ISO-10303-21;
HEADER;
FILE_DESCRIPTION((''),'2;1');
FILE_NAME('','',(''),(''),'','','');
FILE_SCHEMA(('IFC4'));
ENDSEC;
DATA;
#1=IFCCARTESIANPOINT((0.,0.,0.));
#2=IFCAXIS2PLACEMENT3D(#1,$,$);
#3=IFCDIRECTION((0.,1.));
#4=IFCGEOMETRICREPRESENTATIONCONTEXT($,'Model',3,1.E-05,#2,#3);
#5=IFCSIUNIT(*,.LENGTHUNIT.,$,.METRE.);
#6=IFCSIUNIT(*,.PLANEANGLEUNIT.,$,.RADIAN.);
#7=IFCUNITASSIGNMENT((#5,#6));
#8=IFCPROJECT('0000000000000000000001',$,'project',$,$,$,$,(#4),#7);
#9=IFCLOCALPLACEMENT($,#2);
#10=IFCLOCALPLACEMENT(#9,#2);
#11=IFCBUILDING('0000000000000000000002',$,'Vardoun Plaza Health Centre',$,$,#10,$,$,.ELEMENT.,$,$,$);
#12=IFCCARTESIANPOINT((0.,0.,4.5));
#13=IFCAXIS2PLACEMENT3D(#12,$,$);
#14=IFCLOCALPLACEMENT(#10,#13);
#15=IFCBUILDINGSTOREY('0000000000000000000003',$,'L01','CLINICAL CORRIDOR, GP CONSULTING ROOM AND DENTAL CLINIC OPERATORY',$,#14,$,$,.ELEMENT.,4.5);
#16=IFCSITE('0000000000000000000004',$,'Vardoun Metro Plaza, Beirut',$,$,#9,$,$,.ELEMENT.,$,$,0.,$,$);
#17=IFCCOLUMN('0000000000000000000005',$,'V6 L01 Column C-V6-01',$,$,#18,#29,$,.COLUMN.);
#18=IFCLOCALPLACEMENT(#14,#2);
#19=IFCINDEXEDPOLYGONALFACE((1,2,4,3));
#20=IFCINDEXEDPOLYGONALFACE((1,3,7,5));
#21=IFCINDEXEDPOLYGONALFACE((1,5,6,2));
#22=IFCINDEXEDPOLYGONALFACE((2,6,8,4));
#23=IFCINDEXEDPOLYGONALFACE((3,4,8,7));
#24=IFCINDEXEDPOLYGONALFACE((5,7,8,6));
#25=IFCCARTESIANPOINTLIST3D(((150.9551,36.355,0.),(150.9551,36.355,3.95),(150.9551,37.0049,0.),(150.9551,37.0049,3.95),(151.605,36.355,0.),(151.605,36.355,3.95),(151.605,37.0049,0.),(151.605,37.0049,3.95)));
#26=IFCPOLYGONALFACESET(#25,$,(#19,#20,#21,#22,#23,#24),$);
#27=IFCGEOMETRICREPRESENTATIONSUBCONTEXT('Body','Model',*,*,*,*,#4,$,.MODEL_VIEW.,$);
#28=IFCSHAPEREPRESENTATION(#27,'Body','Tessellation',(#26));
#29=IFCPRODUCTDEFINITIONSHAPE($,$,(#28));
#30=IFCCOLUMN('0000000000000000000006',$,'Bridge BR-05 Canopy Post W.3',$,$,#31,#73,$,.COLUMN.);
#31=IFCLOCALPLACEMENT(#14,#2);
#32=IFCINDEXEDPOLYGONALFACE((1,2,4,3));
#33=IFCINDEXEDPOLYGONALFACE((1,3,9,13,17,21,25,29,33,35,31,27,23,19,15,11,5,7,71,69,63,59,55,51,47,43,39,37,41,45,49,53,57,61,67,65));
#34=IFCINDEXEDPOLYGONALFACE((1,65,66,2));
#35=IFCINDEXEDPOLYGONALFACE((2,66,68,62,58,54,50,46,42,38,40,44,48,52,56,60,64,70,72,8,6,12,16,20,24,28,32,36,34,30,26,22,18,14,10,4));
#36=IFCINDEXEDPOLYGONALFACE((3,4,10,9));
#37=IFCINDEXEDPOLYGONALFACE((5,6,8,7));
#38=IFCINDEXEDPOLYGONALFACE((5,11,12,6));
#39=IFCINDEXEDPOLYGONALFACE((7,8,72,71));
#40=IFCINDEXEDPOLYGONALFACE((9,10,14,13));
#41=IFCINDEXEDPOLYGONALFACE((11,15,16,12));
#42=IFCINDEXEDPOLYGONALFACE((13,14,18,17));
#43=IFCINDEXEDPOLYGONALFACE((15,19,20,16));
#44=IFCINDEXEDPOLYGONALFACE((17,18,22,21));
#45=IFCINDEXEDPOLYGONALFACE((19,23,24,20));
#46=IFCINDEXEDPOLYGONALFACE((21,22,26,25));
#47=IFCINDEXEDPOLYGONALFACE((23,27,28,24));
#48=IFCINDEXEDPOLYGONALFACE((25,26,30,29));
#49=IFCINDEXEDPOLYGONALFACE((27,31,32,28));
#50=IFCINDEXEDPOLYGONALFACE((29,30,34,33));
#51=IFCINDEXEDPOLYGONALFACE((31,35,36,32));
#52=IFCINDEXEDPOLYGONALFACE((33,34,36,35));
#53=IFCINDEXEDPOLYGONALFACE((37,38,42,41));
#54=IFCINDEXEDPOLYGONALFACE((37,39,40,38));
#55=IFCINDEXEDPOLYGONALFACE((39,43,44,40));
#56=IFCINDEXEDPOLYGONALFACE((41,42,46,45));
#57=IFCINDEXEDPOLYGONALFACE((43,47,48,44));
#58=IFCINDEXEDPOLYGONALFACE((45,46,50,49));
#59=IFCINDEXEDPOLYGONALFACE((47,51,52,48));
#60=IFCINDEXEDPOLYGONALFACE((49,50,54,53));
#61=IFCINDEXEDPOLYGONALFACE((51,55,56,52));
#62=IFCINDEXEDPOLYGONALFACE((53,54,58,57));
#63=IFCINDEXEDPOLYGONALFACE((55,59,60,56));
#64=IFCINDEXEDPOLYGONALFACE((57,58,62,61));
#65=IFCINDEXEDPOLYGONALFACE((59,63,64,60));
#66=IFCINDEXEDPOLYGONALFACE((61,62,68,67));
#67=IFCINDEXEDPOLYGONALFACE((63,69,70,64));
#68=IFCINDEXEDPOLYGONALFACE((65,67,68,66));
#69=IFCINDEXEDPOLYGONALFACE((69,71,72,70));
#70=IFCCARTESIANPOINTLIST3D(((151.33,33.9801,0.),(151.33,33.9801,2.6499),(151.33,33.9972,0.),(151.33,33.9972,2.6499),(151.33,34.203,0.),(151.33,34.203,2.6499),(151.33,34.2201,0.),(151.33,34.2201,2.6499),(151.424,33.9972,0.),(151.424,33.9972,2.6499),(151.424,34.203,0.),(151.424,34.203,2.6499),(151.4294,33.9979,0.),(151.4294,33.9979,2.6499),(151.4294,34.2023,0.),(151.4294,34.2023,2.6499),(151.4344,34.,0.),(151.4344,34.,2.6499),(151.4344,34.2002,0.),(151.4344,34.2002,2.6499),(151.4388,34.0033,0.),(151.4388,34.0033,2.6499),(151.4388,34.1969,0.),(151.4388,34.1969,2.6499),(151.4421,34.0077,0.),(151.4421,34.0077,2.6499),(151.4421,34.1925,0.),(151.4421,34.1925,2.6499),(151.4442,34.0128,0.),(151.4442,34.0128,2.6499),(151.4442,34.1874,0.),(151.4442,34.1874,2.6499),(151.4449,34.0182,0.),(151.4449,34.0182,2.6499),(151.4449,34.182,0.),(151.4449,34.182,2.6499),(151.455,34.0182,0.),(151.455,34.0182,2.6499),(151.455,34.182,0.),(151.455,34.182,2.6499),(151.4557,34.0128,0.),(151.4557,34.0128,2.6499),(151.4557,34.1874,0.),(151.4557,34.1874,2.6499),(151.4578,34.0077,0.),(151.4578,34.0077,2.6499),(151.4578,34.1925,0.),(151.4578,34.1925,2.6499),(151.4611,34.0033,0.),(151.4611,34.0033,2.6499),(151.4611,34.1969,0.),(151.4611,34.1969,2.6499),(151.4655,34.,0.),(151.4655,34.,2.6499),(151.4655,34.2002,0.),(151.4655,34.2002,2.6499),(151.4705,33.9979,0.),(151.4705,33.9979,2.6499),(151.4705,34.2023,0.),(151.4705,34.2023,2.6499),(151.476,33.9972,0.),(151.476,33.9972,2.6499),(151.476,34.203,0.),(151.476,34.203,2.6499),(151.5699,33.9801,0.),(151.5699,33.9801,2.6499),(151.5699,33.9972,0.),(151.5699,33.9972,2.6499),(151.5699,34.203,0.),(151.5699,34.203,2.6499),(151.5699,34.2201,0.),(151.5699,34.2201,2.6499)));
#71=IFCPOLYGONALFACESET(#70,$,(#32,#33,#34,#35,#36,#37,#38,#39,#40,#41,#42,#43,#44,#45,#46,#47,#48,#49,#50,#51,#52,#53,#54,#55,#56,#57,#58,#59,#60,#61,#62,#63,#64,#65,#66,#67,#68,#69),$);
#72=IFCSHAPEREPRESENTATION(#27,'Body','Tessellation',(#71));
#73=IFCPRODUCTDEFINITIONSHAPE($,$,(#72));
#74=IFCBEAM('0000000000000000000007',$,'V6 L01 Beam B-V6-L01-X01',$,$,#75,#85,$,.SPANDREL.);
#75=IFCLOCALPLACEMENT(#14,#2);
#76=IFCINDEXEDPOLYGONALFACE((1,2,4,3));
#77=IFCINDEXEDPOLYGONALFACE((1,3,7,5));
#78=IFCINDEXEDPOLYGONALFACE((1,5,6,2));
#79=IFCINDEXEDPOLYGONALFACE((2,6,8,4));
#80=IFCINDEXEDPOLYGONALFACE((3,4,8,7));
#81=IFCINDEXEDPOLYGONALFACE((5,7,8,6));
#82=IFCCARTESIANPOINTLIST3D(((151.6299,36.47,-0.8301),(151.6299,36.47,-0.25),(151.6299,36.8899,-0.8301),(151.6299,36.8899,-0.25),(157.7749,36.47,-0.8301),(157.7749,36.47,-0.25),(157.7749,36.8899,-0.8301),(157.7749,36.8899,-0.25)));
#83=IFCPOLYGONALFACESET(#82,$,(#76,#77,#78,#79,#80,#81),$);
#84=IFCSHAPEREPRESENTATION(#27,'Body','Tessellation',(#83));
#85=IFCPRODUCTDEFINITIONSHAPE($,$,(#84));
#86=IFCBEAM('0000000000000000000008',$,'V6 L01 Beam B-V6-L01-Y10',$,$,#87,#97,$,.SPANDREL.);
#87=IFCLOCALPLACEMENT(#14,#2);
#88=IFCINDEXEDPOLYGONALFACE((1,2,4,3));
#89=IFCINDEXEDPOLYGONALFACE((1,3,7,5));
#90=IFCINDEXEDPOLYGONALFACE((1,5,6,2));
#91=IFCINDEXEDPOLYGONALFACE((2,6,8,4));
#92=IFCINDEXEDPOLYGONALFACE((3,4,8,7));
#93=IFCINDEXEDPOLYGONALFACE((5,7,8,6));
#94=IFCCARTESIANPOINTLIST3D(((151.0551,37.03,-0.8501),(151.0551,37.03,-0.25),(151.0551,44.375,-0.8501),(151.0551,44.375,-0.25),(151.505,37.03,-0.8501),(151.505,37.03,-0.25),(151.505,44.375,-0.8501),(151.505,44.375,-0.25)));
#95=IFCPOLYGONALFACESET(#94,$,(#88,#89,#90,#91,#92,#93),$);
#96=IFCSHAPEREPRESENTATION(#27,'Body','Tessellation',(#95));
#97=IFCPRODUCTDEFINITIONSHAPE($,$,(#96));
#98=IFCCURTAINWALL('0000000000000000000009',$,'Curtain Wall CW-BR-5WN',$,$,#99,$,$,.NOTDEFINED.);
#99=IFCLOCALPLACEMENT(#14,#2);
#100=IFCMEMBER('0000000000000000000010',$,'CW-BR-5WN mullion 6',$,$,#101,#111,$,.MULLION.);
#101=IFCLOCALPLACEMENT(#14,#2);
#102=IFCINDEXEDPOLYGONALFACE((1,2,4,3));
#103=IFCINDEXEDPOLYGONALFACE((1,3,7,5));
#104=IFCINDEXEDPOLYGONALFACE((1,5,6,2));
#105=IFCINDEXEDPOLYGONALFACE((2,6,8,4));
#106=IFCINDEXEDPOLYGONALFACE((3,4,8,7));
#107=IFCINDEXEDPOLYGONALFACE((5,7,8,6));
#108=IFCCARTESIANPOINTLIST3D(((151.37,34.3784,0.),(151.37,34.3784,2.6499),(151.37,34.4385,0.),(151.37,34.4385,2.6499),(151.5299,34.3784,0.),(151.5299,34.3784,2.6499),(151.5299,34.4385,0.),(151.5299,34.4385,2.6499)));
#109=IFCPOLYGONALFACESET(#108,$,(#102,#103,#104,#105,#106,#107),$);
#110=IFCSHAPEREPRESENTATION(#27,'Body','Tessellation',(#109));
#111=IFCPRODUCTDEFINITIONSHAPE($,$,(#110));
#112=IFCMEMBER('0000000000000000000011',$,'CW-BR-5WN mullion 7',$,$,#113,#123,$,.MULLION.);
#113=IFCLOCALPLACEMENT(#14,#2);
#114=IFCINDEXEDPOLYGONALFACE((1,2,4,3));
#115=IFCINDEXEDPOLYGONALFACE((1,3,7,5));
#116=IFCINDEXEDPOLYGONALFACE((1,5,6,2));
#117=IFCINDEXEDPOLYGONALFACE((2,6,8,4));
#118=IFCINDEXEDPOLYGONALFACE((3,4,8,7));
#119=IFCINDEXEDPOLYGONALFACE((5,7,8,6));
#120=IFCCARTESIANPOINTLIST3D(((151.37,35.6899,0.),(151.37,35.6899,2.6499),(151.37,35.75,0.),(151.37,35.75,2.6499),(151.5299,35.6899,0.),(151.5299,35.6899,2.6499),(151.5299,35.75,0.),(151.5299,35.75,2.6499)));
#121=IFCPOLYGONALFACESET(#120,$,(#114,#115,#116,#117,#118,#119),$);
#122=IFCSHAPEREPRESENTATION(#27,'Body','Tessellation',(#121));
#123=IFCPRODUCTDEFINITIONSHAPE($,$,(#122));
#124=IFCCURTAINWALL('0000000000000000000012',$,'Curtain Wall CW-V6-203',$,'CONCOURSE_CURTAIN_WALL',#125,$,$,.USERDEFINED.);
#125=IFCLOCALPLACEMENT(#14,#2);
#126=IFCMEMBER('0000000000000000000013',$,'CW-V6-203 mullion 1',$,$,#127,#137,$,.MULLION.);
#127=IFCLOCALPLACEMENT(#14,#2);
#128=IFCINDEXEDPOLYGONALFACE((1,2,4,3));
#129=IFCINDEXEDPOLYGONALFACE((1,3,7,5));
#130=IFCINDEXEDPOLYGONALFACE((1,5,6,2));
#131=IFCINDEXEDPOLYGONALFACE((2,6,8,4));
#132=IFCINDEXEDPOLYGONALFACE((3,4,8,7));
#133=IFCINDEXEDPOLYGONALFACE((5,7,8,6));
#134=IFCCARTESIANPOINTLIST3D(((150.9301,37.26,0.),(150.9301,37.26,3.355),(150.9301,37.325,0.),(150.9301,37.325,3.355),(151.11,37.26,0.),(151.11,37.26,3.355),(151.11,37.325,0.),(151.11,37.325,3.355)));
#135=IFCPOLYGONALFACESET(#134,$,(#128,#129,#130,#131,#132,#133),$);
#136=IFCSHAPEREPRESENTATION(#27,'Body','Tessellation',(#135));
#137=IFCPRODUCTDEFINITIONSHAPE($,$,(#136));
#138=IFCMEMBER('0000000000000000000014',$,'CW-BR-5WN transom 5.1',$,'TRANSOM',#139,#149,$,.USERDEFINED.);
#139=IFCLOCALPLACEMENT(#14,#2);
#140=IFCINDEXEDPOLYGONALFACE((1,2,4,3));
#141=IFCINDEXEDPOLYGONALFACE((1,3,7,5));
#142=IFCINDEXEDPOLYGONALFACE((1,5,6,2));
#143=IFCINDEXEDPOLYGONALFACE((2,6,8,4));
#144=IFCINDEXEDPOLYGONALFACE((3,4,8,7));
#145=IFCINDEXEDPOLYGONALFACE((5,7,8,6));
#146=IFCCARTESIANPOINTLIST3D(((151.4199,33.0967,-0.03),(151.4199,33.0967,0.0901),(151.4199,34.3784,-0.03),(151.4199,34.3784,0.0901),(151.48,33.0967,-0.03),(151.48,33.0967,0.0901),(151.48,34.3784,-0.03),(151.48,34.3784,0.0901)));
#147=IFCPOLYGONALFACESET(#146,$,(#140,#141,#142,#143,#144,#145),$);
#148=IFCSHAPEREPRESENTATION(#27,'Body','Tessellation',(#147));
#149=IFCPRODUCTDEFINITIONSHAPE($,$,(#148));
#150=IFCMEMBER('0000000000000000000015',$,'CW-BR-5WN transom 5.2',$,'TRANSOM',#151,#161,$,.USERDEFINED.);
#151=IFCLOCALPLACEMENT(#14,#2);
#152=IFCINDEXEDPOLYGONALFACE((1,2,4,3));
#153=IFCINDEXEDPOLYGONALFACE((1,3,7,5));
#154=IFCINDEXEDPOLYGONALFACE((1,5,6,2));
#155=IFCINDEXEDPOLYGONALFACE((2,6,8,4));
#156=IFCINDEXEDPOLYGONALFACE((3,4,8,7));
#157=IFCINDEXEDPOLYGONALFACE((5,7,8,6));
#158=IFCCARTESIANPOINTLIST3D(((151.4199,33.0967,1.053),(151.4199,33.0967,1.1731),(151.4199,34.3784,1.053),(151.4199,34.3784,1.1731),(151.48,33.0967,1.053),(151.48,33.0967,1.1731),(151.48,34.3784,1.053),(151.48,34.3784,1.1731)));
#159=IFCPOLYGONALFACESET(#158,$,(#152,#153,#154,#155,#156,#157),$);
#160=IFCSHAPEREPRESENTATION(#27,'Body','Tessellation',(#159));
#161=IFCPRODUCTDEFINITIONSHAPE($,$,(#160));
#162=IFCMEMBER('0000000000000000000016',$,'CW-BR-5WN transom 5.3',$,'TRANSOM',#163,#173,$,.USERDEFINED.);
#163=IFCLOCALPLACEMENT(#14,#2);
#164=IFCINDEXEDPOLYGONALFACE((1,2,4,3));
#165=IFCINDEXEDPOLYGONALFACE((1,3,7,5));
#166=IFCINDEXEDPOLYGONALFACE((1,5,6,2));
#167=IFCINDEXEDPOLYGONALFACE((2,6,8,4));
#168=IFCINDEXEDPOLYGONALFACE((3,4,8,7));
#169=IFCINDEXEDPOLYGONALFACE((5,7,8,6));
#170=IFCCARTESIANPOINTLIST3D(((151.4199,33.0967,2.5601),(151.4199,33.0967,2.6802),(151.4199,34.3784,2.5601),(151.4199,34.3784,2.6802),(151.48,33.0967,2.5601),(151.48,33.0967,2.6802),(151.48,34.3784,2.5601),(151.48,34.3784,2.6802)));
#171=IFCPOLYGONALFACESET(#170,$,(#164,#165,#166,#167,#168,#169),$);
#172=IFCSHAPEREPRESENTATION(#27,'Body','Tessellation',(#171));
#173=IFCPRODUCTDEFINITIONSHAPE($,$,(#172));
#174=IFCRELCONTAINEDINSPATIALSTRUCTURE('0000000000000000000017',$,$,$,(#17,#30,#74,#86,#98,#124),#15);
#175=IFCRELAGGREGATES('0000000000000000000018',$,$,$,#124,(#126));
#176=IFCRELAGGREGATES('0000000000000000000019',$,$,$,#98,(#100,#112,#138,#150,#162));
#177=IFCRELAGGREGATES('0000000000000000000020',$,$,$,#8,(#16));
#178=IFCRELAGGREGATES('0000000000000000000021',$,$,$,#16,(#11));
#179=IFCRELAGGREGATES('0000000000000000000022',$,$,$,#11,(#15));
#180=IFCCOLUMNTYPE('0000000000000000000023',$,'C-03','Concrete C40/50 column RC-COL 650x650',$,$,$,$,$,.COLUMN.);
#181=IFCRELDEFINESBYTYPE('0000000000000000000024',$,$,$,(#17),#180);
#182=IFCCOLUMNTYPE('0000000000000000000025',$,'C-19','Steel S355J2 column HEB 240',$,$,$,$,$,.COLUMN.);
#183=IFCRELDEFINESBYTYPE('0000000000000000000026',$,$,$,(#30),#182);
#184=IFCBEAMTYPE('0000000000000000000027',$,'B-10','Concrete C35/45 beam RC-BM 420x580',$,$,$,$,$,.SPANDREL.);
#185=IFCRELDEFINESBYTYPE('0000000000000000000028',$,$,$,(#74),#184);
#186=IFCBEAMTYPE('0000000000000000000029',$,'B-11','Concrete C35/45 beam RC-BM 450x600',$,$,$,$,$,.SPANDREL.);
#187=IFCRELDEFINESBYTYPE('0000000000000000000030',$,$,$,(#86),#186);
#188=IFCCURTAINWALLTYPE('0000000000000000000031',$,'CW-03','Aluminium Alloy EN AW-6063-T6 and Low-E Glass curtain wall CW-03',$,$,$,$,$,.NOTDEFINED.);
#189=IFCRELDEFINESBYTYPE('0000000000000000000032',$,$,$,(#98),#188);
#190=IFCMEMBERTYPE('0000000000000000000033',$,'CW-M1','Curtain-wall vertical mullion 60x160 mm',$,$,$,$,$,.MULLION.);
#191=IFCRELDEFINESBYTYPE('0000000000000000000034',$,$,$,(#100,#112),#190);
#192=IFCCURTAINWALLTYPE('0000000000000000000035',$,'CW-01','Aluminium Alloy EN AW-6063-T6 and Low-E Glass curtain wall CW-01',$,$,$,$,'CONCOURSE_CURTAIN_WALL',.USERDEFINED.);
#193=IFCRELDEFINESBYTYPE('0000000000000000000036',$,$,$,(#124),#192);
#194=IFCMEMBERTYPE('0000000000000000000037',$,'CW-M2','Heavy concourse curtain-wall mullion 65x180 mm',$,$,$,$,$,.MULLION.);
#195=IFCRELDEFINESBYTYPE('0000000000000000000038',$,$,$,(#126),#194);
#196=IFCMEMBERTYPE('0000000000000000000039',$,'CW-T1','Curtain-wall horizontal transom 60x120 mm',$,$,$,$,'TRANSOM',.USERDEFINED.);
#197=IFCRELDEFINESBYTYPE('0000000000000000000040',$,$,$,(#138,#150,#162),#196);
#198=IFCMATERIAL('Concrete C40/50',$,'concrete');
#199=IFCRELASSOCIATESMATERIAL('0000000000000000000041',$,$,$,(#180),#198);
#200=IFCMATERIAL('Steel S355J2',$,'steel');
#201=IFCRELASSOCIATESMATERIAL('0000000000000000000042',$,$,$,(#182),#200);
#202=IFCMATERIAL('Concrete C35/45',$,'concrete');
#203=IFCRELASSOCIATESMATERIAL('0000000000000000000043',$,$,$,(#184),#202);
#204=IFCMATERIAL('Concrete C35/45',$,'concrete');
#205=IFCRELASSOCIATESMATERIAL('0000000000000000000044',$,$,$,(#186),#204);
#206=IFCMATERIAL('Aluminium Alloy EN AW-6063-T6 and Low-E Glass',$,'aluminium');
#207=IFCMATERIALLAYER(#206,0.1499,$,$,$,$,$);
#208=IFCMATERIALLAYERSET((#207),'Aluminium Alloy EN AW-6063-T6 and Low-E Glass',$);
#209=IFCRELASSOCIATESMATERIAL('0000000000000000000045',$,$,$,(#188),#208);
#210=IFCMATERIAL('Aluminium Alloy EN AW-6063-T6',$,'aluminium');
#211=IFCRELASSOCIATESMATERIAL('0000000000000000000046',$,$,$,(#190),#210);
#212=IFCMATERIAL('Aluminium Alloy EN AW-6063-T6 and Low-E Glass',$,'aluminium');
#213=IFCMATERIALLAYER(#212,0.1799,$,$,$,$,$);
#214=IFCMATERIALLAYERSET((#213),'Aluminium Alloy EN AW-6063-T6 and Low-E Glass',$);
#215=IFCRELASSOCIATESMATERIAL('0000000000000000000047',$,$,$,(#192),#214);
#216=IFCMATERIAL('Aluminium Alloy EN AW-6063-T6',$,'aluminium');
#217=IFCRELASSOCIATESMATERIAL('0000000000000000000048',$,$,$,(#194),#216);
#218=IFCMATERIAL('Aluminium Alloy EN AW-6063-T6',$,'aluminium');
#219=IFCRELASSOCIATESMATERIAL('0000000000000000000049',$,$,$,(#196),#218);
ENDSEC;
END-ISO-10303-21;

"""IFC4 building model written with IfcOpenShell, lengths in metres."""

from ifc_helpers import new_model, si_unit, direction, frame, origin, origin_2d, place, context, subcontext, project, spatial, rectangle, i_section, extrude, material, layer, layer_set, material_profile, profile_set, type_object, element, aggregate, save


model = new_model("IFC4")

# Units and contexts
model_context = context("Model", 3, precision=1e-05, world=origin(), true_north=direction((0.0, 1.0)))
body_context = subcontext(model_context, "Body", "Model", "MODEL_VIEW")
ifc_project = project(units=[si_unit("LENGTHUNIT", "METRE"), si_unit("PLANEANGLEUNIT", "RADIAN")], contexts=[model_context])

# Site, building, storey
site_placement = place(None, origin())
site = spatial("IfcSite", under=ifc_project, at=site_placement, Name="Vardoun Metro Plaza, Beirut", CompositionType="ELEMENT", RefElevation=0.0)
building_placement = place(site_placement, origin())
building = spatial("IfcBuilding", under=site, at=building_placement, Name="Vardoun Plaza Health Centre", CompositionType="ELEMENT")
storey_placement = place(building_placement, frame((0.0, 0.0, 4.5)))
storey = spatial("IfcBuildingStorey", under=building, at=storey_placement, Name="L01", Description="CLINICAL CORRIDOR, GP CONSULTING ROOM AND DENTAL CLINIC OPERATORY", CompositionType="ELEMENT", Elevation=4.5)

# Columns
ifc_material_1 = material(Name="Concrete C40/50", Category="concrete")
ifc_material_profile_1 = material_profile(ifc_material_1, rectangle(XDim=0.6499, YDim=0.6499, at=origin_2d()), Name="RC-COL 650x650")
ifc_profile_set_1 = profile_set([ifc_material_profile_1], Name="Concrete C40/50")
column_type_1 = type_object("IfcColumnType", Name="C-03", Description="Concrete C40/50 column RC-COL 650x650", PredefinedType="COLUMN", material=ifc_profile_set_1)
column_1_placement = place(storey_placement, frame((151.28, 36.6799, 0.0), z_axis=(0.0, 0.0, 1.0), x_axis=(1.0, 0.0, 0.0)))
element("IfcColumn", 1, at=column_1_placement, inside=storey, type_object=column_type_1, Name="V6 L01 Column C-V6-01", PredefinedType="COLUMN", context=body_context, shape_type="SweptSolid", body=[
    extrude(rectangle(XDim=0.6499, YDim=0.6499, at=origin_2d()), origin(), (0.0, 0.0, 1.0), 3.95),
])
ifc_material_2 = material(Name="Steel S355J2", Category="steel")
ifc_material_profile_2 = material_profile(ifc_material_2, i_section(OverallWidth=0.24, OverallDepth=0.24, WebThickness=0.01, FlangeThickness=0.0171, FilletRadius=0.021, at=origin_2d()), Name="HEB 240")
ifc_profile_set_2 = profile_set([ifc_material_profile_2], Name="Steel S355J2")
column_type_2 = type_object("IfcColumnType", Name="C-19", Description="Steel S355J2 column HEB 240", PredefinedType="COLUMN", material=ifc_profile_set_2)
column_2_placement = place(storey_placement, frame((151.45, 34.1001, 0.0), z_axis=(0.0, 0.0, 1.0), x_axis=(1.0, 0.0, 0.0)))
element("IfcColumn", 2, at=column_2_placement, inside=storey, type_object=column_type_2, Name="Bridge BR-05 Canopy Post W.3", PredefinedType="COLUMN", context=body_context, shape_type="SweptSolid", body=[
    extrude(i_section(OverallWidth=0.24, OverallDepth=0.24, WebThickness=0.01, FlangeThickness=0.0171, FilletRadius=0.021, at=origin_2d()), origin(), (0.0, 0.0, 1.0), 2.6499),
])

# Beams
ifc_material_3 = material(Name="Concrete C35/45", Category="concrete")
ifc_material_profile_3 = material_profile(ifc_material_3, rectangle(XDim=0.4199, YDim=0.5801, at=origin_2d()), Name="RC-BM 420x580")
ifc_profile_set_3 = profile_set([ifc_material_profile_3], Name="Concrete C35/45")
beam_type_1 = type_object("IfcBeamType", Name="B-10", Description="Concrete C35/45 beam RC-BM 420x580", PredefinedType="SPANDREL", material=ifc_profile_set_3)
beam_1_placement = place(storey_placement, frame((151.6299, 36.6799, -0.54), z_axis=(1.0, 0.0, 0.0), x_axis=(0.0, 1.0, 0.0)))
element("IfcBeam", 3, at=beam_1_placement, inside=storey, type_object=beam_type_1, Name="V6 L01 Beam B-V6-L01-X01", PredefinedType="SPANDREL", context=body_context, shape_type="SweptSolid", body=[
    extrude(rectangle(XDim=0.4199, YDim=0.5801, at=origin_2d()), origin(), (0.0, 0.0, 1.0), 6.145),
])
ifc_material_4 = material(Name="Concrete C35/45", Category="concrete")
ifc_material_profile_4 = material_profile(ifc_material_4, rectangle(XDim=0.45, YDim=0.6001, at=origin_2d()), Name="RC-BM 450x600")
ifc_profile_set_4 = profile_set([ifc_material_profile_4], Name="Concrete C35/45")
beam_type_2 = type_object("IfcBeamType", Name="B-11", Description="Concrete C35/45 beam RC-BM 450x600", PredefinedType="SPANDREL", material=ifc_profile_set_4)
beam_2_placement = place(storey_placement, frame((151.28, 37.03, -0.55), z_axis=(0.0, 1.0, 0.0), x_axis=(-1.0, 0.0, 0.0)))
element("IfcBeam", 4, at=beam_2_placement, inside=storey, type_object=beam_type_2, Name="V6 L01 Beam B-V6-L01-Y10", PredefinedType="SPANDREL", context=body_context, shape_type="SweptSolid", body=[
    extrude(rectangle(XDim=0.45, YDim=0.6001, at=origin_2d()), origin(), (0.0, 0.0, 1.0), 7.345),
])

# Curtain wall, members
ifc_material_5 = material(Name="Aluminium Alloy EN AW-6063-T6 and Low-E Glass", Category="aluminium")
ifc_layer_1 = layer(ifc_material_5, 0.1499)
ifc_layer_set_1 = layer_set([ifc_layer_1], Name="Aluminium Alloy EN AW-6063-T6 and Low-E Glass")
curtain_wall_type_1 = type_object("IfcCurtainWallType", Name="CW-03", Description="Aluminium Alloy EN AW-6063-T6 and Low-E Glass curtain wall CW-03", PredefinedType="NOTDEFINED", material=ifc_layer_set_1)
curtain_wall_1_placement = place(storey_placement, origin())
curtain_wall_1 = element("IfcCurtainWall", 5, at=curtain_wall_1_placement, inside=storey, type_object=curtain_wall_type_1, Name="Curtain Wall CW-BR-5WN", PredefinedType="NOTDEFINED")
ifc_material_6 = material(Name="Aluminium Alloy EN AW-6063-T6", Category="aluminium")
ifc_material_profile_5 = material_profile(ifc_material_6, rectangle(XDim=0.1599, YDim=0.0601, at=origin_2d()), Name="CWM 60x160")
ifc_profile_set_5 = profile_set([ifc_material_profile_5], Name="Aluminium Alloy EN AW-6063-T6")
member_type_1 = type_object("IfcMemberType", Name="CW-M1", Description="Curtain-wall vertical mullion 60x160 mm", PredefinedType="MULLION", material=ifc_profile_set_5)
member_1_placement = place(storey_placement, frame((151.45, 34.4084, 0.0), z_axis=(0.0, 0.0, 1.0), x_axis=(-1.0, 0.0, 0.0)))
member_1 = element("IfcMember", 6, at=member_1_placement, type_object=member_type_1, Name="CW-BR-5WN mullion 6", PredefinedType="MULLION", context=body_context, shape_type="SweptSolid", body=[
    extrude(rectangle(XDim=0.1599, YDim=0.0601, at=origin_2d()), origin(), (0.0, 0.0, 1.0), 2.6499),
])
member_2_placement = place(storey_placement, frame((151.45, 35.72, 0.0), z_axis=(0.0, 0.0, 1.0), x_axis=(-1.0, 0.0, 0.0)))
member_2 = element("IfcMember", 7, at=member_2_placement, type_object=member_type_1, Name="CW-BR-5WN mullion 7", PredefinedType="MULLION", context=body_context, shape_type="SweptSolid", body=[
    extrude(rectangle(XDim=0.1599, YDim=0.0601, at=origin_2d()), origin(), (0.0, 0.0, 1.0), 2.6499),
])

# Curtain wall, member
ifc_material_7 = material(Name="Aluminium Alloy EN AW-6063-T6 and Low-E Glass", Category="aluminium")
ifc_layer_2 = layer(ifc_material_7, 0.1799)
ifc_layer_set_2 = layer_set([ifc_layer_2], Name="Aluminium Alloy EN AW-6063-T6 and Low-E Glass")
curtain_wall_type_2 = type_object("IfcCurtainWallType", Name="CW-01", Description="Aluminium Alloy EN AW-6063-T6 and Low-E Glass curtain wall CW-01", ElementType="CONCOURSE_CURTAIN_WALL", PredefinedType="USERDEFINED", material=ifc_layer_set_2)
curtain_wall_2_placement = place(storey_placement, origin())
curtain_wall_2 = element("IfcCurtainWall", 8, at=curtain_wall_2_placement, inside=storey, type_object=curtain_wall_type_2, Name="Curtain Wall CW-V6-203", ObjectType="CONCOURSE_CURTAIN_WALL", PredefinedType="USERDEFINED")
ifc_material_8 = material(Name="Aluminium Alloy EN AW-6063-T6", Category="aluminium")
ifc_material_profile_6 = material_profile(ifc_material_8, rectangle(XDim=0.1799, YDim=0.0649, at=origin_2d()), Name="CWM 65x180")
ifc_profile_set_6 = profile_set([ifc_material_profile_6], Name="Aluminium Alloy EN AW-6063-T6")
member_type_2 = type_object("IfcMemberType", Name="CW-M2", Description="Heavy concourse curtain-wall mullion 65x180 mm", PredefinedType="MULLION", material=ifc_profile_set_6)
member_3_placement = place(storey_placement, frame((151.02, 37.2925, 0.0), z_axis=(0.0, 0.0, 1.0), x_axis=(-1.0, 0.0, 0.0)))
member_3 = element("IfcMember", 9, at=member_3_placement, type_object=member_type_2, Name="CW-V6-203 mullion 1", PredefinedType="MULLION", context=body_context, shape_type="SweptSolid", body=[
    extrude(rectangle(XDim=0.1799, YDim=0.0649, at=origin_2d()), origin(), (0.0, 0.0, 1.0), 3.355),
])

# Members
ifc_material_9 = material(Name="Aluminium Alloy EN AW-6063-T6", Category="aluminium")
ifc_material_profile_7 = material_profile(ifc_material_9, rectangle(XDim=0.0601, YDim=0.1201, at=origin_2d()), Name="CWT 60x120")
ifc_profile_set_7 = profile_set([ifc_material_profile_7], Name="Aluminium Alloy EN AW-6063-T6")
member_type_3 = type_object("IfcMemberType", Name="CW-T1", Description="Curtain-wall horizontal transom 60x120 mm", ElementType="TRANSOM", PredefinedType="USERDEFINED", material=ifc_profile_set_7)
member_4_placement = place(storey_placement, frame((151.45, 33.0967, 0.03), z_axis=(0.0, 1.0, 0.0), x_axis=(-1.0, 0.0, 0.0)))
member_4 = element("IfcMember", 10, at=member_4_placement, type_object=member_type_3, Name="CW-BR-5WN transom 5.1", ObjectType="TRANSOM", PredefinedType="USERDEFINED", context=body_context, shape_type="SweptSolid", body=[
    extrude(rectangle(XDim=0.0601, YDim=0.1201, at=origin_2d()), origin(), (0.0, 0.0, 1.0), 1.2817),
])
member_5_placement = place(storey_placement, frame((151.45, 33.0967, 1.113), z_axis=(0.0, 1.0, 0.0), x_axis=(-1.0, 0.0, 0.0)))
member_5 = element("IfcMember", 11, at=member_5_placement, type_object=member_type_3, Name="CW-BR-5WN transom 5.2", ObjectType="TRANSOM", PredefinedType="USERDEFINED", context=body_context, shape_type="SweptSolid", body=[
    extrude(rectangle(XDim=0.0601, YDim=0.1201, at=origin_2d()), origin(), (0.0, 0.0, 1.0), 1.2817),
])
member_6_placement = place(storey_placement, frame((151.45, 33.0967, 2.6201), z_axis=(0.0, 1.0, 0.0), x_axis=(-1.0, 0.0, 0.0)))
member_6 = element("IfcMember", 12, at=member_6_placement, type_object=member_type_3, Name="CW-BR-5WN transom 5.3", ObjectType="TRANSOM", PredefinedType="USERDEFINED", context=body_context, shape_type="SweptSolid", body=[
    extrude(rectangle(XDim=0.0601, YDim=0.1201, at=origin_2d()), origin(), (0.0, 0.0, 1.0), 1.2817),
])
aggregate(curtain_wall_2, [member_3])

aggregate(curtain_wall_1, [member_1, member_2, member_4, member_5, member_6])

save(model, "model.ifc")
